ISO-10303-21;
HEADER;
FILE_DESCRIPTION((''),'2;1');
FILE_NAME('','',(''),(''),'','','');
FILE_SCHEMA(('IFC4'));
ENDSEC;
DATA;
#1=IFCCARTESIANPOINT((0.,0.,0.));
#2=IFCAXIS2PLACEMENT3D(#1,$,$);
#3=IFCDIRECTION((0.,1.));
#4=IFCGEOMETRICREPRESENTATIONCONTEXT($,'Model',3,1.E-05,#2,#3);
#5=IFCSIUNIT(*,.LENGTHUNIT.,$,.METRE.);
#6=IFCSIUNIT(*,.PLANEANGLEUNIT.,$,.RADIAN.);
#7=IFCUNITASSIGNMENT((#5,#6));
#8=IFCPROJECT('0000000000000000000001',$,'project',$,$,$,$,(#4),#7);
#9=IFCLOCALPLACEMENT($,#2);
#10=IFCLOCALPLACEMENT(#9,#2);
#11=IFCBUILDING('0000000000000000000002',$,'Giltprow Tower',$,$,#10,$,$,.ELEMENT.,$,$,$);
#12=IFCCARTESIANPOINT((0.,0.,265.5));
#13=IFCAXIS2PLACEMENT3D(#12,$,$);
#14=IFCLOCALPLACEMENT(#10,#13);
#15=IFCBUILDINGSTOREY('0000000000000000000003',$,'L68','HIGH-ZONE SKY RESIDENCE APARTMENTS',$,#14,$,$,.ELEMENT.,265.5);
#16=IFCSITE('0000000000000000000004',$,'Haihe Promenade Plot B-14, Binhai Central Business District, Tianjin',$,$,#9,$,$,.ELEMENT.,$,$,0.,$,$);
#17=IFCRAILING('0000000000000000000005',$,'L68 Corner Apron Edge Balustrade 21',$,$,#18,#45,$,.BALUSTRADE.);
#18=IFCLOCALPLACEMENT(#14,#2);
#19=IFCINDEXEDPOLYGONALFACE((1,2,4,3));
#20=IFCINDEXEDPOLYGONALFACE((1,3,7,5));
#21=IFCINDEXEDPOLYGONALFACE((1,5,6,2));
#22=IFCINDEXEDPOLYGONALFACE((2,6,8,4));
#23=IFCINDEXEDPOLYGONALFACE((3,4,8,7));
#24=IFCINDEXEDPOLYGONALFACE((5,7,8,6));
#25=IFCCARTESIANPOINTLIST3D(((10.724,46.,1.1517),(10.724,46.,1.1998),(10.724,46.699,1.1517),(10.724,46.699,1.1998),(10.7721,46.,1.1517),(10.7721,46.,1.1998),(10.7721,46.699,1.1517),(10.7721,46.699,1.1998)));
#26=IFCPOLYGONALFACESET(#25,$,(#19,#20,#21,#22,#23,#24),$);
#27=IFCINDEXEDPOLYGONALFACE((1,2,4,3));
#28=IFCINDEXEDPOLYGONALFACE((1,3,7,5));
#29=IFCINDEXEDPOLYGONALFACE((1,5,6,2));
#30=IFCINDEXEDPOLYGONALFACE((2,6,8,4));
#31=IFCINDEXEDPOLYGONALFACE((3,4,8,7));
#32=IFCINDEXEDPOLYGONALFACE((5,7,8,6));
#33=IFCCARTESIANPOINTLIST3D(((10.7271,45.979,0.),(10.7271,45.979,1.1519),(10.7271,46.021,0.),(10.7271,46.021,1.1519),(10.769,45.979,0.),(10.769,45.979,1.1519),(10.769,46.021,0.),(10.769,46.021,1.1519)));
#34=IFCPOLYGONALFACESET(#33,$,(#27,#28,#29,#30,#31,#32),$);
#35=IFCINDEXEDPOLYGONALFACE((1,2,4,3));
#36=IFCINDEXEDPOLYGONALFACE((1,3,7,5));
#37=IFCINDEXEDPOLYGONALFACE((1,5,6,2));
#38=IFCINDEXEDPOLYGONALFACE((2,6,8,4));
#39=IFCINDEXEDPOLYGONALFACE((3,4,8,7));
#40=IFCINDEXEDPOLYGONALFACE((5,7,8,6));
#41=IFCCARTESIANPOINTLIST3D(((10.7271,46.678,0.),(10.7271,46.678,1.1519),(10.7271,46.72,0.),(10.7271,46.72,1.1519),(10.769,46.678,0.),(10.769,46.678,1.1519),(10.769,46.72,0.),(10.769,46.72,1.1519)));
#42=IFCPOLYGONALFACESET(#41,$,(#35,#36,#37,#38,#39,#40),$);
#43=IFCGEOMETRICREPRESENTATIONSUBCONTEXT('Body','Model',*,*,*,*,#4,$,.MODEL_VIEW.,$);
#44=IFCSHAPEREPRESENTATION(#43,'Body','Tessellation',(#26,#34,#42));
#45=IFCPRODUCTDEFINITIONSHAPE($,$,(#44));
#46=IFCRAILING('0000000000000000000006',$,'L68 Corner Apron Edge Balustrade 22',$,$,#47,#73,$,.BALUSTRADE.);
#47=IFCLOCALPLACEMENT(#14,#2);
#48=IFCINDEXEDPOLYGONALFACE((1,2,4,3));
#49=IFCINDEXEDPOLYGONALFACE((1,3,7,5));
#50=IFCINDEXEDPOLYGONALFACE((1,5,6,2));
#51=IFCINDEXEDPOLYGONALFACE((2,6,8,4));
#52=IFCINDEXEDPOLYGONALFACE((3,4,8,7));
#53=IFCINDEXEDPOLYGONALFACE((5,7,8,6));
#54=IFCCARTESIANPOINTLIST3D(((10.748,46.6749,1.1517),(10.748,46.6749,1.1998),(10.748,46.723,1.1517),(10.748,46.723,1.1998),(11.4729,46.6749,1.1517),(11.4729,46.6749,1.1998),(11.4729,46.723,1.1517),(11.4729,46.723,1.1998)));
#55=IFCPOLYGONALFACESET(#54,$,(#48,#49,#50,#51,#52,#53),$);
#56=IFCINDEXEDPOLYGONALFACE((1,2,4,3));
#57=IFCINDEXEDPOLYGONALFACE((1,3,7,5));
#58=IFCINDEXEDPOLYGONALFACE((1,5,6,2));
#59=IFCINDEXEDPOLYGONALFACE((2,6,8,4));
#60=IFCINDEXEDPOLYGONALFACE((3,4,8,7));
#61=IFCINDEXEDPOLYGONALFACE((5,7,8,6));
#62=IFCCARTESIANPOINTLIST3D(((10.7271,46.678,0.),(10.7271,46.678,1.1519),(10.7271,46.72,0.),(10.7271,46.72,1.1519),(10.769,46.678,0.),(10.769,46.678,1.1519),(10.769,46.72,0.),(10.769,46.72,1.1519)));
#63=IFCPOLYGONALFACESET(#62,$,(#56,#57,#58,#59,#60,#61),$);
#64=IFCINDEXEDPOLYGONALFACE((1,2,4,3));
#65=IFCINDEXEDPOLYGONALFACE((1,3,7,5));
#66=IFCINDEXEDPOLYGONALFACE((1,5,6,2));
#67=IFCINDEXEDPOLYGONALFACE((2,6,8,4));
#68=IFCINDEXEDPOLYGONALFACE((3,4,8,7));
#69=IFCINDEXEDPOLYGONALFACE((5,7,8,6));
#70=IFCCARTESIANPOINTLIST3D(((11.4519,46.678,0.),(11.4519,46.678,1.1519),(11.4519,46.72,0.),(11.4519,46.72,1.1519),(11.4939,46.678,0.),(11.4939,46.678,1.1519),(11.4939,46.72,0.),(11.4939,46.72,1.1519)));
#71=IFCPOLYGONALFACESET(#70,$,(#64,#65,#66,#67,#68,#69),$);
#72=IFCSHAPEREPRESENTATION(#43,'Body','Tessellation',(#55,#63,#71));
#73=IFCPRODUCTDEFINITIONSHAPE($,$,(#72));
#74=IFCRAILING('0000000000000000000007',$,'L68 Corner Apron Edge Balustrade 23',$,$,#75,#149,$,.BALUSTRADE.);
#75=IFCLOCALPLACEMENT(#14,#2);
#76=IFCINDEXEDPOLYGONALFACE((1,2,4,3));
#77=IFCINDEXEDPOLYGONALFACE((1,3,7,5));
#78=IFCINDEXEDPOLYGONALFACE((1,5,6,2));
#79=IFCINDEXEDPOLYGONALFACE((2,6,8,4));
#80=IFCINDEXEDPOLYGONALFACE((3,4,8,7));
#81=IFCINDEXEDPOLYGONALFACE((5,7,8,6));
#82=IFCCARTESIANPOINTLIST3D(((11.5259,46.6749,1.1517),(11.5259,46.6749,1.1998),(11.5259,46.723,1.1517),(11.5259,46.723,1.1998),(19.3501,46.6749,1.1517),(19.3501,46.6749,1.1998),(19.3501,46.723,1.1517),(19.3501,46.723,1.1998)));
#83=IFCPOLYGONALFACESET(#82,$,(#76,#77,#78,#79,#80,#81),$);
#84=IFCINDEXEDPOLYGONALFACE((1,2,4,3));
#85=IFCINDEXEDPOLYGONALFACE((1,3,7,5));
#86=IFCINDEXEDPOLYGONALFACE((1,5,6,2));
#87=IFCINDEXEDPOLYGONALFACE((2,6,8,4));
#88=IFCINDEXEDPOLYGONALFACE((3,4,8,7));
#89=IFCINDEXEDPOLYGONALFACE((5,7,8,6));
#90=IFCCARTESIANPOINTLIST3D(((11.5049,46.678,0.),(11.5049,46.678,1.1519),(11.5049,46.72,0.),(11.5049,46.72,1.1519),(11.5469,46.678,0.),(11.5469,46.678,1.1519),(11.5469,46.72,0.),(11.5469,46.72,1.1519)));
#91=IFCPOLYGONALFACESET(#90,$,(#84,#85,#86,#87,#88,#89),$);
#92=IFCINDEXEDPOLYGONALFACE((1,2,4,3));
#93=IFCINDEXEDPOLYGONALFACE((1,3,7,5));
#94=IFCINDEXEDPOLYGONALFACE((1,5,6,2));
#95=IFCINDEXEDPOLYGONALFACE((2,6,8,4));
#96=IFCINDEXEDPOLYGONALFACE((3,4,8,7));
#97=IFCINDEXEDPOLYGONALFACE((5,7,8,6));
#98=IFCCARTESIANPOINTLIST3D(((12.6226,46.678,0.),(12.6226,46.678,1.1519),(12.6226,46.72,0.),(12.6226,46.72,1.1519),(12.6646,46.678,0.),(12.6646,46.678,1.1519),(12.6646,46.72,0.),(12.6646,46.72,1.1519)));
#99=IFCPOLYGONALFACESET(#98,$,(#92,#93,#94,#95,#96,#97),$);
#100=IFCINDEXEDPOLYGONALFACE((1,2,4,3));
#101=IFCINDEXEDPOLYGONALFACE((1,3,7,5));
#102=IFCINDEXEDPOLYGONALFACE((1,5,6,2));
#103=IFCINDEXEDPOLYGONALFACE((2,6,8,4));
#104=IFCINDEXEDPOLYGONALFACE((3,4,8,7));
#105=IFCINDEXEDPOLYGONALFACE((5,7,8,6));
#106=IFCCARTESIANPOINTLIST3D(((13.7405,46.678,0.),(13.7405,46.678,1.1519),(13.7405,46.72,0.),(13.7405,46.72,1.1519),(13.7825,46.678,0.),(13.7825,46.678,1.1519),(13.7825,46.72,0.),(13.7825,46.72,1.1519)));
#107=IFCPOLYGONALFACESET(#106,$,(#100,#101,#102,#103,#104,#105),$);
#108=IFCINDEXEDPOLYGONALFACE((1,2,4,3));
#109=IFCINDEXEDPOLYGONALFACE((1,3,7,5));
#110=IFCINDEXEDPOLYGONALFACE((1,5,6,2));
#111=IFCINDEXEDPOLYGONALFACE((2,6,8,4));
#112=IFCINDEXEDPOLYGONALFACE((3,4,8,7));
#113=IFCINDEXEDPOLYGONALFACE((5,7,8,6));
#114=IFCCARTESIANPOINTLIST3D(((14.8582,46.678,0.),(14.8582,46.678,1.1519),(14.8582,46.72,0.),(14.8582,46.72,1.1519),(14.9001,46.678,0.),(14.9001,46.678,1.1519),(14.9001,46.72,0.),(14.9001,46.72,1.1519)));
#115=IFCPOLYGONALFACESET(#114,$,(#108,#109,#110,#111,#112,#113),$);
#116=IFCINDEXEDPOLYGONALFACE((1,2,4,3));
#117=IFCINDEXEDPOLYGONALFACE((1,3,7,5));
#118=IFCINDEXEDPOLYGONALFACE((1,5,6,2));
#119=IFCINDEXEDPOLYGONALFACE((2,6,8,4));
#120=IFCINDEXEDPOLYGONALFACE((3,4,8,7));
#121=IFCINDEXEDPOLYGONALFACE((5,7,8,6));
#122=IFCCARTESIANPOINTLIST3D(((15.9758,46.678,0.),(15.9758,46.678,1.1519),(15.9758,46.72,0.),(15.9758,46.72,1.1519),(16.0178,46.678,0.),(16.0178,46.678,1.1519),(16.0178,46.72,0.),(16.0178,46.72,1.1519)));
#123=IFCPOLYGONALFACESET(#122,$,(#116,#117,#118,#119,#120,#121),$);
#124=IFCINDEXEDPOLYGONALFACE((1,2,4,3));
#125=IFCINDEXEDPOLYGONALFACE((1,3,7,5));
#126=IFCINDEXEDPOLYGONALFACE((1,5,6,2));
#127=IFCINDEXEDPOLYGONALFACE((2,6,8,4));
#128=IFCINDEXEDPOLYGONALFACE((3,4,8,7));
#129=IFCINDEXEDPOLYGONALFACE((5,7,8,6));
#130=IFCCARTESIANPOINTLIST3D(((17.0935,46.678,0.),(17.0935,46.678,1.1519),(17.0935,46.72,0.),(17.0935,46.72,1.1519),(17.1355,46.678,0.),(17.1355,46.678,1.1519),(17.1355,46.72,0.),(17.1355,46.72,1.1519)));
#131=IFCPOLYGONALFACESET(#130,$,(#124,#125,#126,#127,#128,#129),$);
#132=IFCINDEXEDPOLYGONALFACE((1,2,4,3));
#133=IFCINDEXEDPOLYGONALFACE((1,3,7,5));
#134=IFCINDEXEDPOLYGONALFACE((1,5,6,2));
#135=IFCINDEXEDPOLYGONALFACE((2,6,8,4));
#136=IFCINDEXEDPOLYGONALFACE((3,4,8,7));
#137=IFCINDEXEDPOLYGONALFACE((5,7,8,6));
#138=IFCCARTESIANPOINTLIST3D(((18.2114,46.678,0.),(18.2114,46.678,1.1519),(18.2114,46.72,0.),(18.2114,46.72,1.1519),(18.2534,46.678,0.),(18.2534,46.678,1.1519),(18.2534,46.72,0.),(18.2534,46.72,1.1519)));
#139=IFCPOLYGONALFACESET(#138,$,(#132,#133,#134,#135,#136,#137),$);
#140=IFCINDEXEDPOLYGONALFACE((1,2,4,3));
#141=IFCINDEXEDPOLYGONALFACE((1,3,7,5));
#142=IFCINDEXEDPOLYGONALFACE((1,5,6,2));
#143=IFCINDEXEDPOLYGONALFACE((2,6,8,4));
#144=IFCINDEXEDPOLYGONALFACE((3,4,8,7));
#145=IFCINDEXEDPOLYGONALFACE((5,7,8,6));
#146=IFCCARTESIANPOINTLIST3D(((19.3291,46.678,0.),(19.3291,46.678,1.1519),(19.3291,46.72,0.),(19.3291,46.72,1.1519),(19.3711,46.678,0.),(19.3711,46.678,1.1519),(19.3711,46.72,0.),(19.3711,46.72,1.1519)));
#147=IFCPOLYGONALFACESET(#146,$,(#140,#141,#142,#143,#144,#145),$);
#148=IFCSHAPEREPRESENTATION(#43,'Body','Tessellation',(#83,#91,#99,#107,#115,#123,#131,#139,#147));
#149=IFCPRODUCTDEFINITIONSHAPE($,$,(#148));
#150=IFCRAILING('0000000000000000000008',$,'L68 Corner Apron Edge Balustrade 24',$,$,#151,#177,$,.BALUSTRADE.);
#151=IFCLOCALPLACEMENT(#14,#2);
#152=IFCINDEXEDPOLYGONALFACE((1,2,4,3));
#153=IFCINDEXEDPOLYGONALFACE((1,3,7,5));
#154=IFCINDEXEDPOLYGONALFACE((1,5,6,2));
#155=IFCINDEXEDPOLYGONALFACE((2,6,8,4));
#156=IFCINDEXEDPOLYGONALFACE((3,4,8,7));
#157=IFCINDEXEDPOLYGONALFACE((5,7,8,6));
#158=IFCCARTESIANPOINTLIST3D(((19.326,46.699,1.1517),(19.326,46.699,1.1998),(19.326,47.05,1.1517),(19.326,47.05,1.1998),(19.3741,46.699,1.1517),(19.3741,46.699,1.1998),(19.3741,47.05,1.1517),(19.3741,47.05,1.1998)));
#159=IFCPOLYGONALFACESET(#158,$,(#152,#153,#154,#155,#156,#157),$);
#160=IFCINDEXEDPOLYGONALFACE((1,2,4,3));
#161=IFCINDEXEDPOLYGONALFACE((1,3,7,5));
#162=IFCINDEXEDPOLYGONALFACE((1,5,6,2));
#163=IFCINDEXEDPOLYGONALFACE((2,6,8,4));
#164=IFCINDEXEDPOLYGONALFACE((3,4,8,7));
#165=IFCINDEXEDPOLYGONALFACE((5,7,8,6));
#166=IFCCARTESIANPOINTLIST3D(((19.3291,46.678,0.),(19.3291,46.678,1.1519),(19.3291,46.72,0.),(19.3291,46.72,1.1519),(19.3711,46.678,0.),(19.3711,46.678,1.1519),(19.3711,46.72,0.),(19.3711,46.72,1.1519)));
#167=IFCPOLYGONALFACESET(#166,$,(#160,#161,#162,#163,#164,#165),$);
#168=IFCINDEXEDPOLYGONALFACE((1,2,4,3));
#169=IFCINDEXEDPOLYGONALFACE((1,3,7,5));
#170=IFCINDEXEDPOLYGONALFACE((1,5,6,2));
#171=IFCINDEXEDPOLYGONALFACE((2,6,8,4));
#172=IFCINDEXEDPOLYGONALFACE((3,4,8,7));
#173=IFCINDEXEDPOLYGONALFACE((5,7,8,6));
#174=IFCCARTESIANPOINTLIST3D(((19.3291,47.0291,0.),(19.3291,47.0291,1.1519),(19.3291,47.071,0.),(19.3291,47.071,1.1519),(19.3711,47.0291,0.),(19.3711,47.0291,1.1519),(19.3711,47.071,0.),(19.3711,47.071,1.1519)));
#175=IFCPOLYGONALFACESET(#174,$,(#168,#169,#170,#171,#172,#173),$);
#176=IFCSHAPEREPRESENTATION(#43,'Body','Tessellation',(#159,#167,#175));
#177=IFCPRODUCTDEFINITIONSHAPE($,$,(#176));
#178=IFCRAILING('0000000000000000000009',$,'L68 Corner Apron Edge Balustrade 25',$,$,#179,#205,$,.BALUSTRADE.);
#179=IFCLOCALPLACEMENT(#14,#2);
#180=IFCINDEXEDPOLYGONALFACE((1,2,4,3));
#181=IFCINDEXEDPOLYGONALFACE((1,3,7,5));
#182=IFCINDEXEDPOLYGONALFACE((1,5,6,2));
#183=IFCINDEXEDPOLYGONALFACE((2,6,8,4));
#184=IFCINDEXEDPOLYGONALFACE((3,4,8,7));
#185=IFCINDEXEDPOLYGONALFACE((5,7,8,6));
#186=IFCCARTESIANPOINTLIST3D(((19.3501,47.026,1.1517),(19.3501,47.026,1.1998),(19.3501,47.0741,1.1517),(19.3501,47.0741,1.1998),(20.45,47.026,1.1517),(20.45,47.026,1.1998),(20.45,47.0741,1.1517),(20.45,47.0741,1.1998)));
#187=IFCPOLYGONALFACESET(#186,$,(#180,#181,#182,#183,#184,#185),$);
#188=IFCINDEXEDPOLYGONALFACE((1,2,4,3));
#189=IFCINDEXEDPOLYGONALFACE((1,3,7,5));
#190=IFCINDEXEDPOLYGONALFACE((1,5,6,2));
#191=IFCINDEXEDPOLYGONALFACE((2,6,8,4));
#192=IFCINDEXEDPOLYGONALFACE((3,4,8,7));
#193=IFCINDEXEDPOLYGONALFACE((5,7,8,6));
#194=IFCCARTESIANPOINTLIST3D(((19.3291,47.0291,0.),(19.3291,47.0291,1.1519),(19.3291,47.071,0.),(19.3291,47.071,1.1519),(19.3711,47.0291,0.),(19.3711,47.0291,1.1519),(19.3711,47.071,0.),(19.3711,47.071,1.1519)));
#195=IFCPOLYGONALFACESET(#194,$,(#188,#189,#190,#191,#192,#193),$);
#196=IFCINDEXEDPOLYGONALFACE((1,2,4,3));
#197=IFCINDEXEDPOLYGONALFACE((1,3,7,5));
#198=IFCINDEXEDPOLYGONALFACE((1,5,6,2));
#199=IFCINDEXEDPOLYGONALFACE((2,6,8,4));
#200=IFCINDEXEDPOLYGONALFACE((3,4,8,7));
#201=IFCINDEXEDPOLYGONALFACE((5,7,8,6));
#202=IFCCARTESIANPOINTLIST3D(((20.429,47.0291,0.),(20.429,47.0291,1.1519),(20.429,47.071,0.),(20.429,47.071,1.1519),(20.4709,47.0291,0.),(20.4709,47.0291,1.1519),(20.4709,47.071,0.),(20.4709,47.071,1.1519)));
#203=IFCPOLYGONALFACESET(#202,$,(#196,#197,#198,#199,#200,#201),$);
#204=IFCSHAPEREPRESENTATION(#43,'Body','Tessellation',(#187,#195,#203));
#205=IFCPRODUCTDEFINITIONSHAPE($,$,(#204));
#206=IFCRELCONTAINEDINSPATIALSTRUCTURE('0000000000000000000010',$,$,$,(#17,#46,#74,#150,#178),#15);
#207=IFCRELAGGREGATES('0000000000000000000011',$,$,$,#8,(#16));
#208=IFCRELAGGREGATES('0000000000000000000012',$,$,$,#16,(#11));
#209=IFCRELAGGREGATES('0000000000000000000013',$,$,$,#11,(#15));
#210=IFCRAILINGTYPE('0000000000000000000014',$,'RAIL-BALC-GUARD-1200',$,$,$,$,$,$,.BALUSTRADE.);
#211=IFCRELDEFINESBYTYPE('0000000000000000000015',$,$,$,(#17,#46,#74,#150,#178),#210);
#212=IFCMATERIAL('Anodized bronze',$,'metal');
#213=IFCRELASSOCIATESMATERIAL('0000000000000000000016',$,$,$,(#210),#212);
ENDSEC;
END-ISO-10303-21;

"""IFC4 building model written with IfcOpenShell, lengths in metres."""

from ifc_helpers import new_model, si_unit, direction, frame, origin, origin_2d, place, context, subcontext, project, spatial, rectangle, extrude, material, type_object, element, save


model = new_model("IFC4")

# Units and contexts
model_context = context("Model", 3, precision=1e-05, world=origin(), true_north=direction((0.0, 1.0)))
body_context = subcontext(model_context, "Body", "Model", "MODEL_VIEW")
ifc_project = project(units=[si_unit("LENGTHUNIT", "METRE"), si_unit("PLANEANGLEUNIT", "RADIAN")], contexts=[model_context])

# Site, building, storey
site_placement = place(None, origin())
site = spatial("IfcSite", under=ifc_project, at=site_placement, Name="Haihe Promenade Plot B-14, Binhai Central Business District, Tianjin", CompositionType="ELEMENT", RefElevation=0.0)
building_placement = place(site_placement, origin())
building = spatial("IfcBuilding", under=site, at=building_placement, Name="Giltprow Tower", CompositionType="ELEMENT")
storey_placement = place(building_placement, frame((0.0, 0.0, 265.5)))
storey = spatial("IfcBuildingStorey", under=building, at=storey_placement, Name="L68", Description="HIGH-ZONE SKY RESIDENCE APARTMENTS", CompositionType="ELEMENT", Elevation=265.5)

# Railings
ifc_material_1 = material(Name="Anodized bronze", Category="metal")
railing_type = type_object("IfcRailingType", Name="RAIL-BALC-GUARD-1200", PredefinedType="BALUSTRADE", material=ifc_material_1)
railing_1_placement = place(storey_placement, frame((10.748, 46.0, 0.0)))
element("IfcRailing", 1, at=railing_1_placement, inside=storey, type_object=railing_type, Name="L68 Corner Apron Edge Balustrade 21", PredefinedType="BALUSTRADE", context=body_context, shape_type="SweptSolid", body=[
    extrude(rectangle(XDim=0.0481, YDim=0.0481, at=origin_2d()), frame((0.0, 0.0, 1.1758), z_axis=(0.0, 1.0, 0.0), x_axis=(-1.0, 0.0, 0.0)), (0.0, 0.0, 1.0), 0.699),
    extrude(rectangle(XDim=0.042, YDim=0.042, at=origin_2d()), origin(), (0.0, 0.0, 1.0), 1.1519),
    extrude(rectangle(XDim=0.042, YDim=0.042, at=origin_2d()), frame((0.0, 0.699, 0.0)), (0.0, 0.0, 1.0), 1.1519),
])
railing_2_placement = place(storey_placement, frame((10.748, 46.699, 0.0)))
element("IfcRailing", 2, at=railing_2_placement, inside=storey, type_object=railing_type, Name="L68 Corner Apron Edge Balustrade 22", PredefinedType="BALUSTRADE", context=body_context, shape_type="SweptSolid", body=[
    extrude(rectangle(XDim=0.0481, YDim=0.0481, at=origin_2d()), frame((0.0, 0.0, 1.1758), z_axis=(1.0, 0.0, 0.0), x_axis=(0.0, 1.0, 0.0)), (0.0, 0.0, 1.0), 0.7249),
    extrude(rectangle(XDim=0.042, YDim=0.042, at=origin_2d()), origin(), (0.0, 0.0, 1.0), 1.1519),
    extrude(rectangle(XDim=0.042, YDim=0.042, at=origin_2d()), frame((0.7249, 0.0, 0.0)), (0.0, 0.0, 1.0), 1.1519),
])
railing_3_placement = place(storey_placement, frame((11.5259, 46.699, 0.0)))
element("IfcRailing", 3, at=railing_3_placement, inside=storey, type_object=railing_type, Name="L68 Corner Apron Edge Balustrade 23", PredefinedType="BALUSTRADE", context=body_context, shape_type="SweptSolid", body=[
    extrude(rectangle(XDim=0.0481, YDim=0.0481, at=origin_2d()), frame((0.0, 0.0, 1.1758), z_axis=(1.0, 0.0, 0.0), x_axis=(0.0, 1.0, 0.0)), (0.0, 0.0, 1.0), 7.8242),
    extrude(rectangle(XDim=0.042, YDim=0.042, at=origin_2d()), origin(), (0.0, 0.0, 1.0), 1.1519),
    extrude(rectangle(XDim=0.042, YDim=0.042, at=origin_2d()), frame((1.1177, 0.0, 0.0)), (0.0, 0.0, 1.0), 1.1519),
    extrude(rectangle(XDim=0.042, YDim=0.042, at=origin_2d()), frame((2.2356, 0.0, 0.0)), (0.0, 0.0, 1.0), 1.1519),
    extrude(rectangle(XDim=0.042, YDim=0.042, at=origin_2d()), frame((3.3533, 0.0, 0.0)), (0.0, 0.0, 1.0), 1.1519),
    extrude(rectangle(XDim=0.042, YDim=0.042, at=origin_2d()), frame((4.4709, 0.0, 0.0)), (0.0, 0.0, 1.0), 1.1519),
    extrude(rectangle(XDim=0.042, YDim=0.042, at=origin_2d()), frame((5.5886, 0.0, 0.0)), (0.0, 0.0, 1.0), 1.1519),
    extrude(rectangle(XDim=0.042, YDim=0.042, at=origin_2d()), frame((6.7065, 0.0, 0.0)), (0.0, 0.0, 1.0), 1.1519),
    extrude(rectangle(XDim=0.042, YDim=0.042, at=origin_2d()), frame((7.8242, 0.0, 0.0)), (0.0, 0.0, 1.0), 1.1519),
])
railing_4_placement = place(storey_placement, frame((19.3501, 46.699, 0.0)))
element("IfcRailing", 4, at=railing_4_placement, inside=storey, type_object=railing_type, Name="L68 Corner Apron Edge Balustrade 24", PredefinedType="BALUSTRADE", context=body_context, shape_type="SweptSolid", body=[
    extrude(rectangle(XDim=0.0481, YDim=0.0481, at=origin_2d()), frame((0.0, 0.0, 1.1758), z_axis=(0.0, 1.0, 0.0), x_axis=(-1.0, 0.0, 0.0)), (0.0, 0.0, 1.0), 0.3511),
    extrude(rectangle(XDim=0.042, YDim=0.042, at=origin_2d()), origin(), (0.0, 0.0, 1.0), 1.1519),
    extrude(rectangle(XDim=0.042, YDim=0.042, at=origin_2d()), frame((0.0, 0.3511, 0.0)), (0.0, 0.0, 1.0), 1.1519),
])
railing_5_placement = place(storey_placement, frame((19.3501, 47.05, 0.0)))
element("IfcRailing", 5, at=railing_5_placement, inside=storey, type_object=railing_type, Name="L68 Corner Apron Edge Balustrade 25", PredefinedType="BALUSTRADE", context=body_context, shape_type="SweptSolid", body=[
    extrude(rectangle(XDim=0.0481, YDim=0.0481, at=origin_2d()), frame((0.0, 0.0, 1.1758), z_axis=(1.0, 0.0, 0.0), x_axis=(0.0, 1.0, 0.0)), (0.0, 0.0, 1.0), 1.0999),
    extrude(rectangle(XDim=0.042, YDim=0.042, at=origin_2d()), origin(), (0.0, 0.0, 1.0), 1.1519),
    extrude(rectangle(XDim=0.042, YDim=0.042, at=origin_2d()), frame((1.0999, 0.0, 0.0)), (0.0, 0.0, 1.0), 1.1519),
])

save(model, "model.ifc")
